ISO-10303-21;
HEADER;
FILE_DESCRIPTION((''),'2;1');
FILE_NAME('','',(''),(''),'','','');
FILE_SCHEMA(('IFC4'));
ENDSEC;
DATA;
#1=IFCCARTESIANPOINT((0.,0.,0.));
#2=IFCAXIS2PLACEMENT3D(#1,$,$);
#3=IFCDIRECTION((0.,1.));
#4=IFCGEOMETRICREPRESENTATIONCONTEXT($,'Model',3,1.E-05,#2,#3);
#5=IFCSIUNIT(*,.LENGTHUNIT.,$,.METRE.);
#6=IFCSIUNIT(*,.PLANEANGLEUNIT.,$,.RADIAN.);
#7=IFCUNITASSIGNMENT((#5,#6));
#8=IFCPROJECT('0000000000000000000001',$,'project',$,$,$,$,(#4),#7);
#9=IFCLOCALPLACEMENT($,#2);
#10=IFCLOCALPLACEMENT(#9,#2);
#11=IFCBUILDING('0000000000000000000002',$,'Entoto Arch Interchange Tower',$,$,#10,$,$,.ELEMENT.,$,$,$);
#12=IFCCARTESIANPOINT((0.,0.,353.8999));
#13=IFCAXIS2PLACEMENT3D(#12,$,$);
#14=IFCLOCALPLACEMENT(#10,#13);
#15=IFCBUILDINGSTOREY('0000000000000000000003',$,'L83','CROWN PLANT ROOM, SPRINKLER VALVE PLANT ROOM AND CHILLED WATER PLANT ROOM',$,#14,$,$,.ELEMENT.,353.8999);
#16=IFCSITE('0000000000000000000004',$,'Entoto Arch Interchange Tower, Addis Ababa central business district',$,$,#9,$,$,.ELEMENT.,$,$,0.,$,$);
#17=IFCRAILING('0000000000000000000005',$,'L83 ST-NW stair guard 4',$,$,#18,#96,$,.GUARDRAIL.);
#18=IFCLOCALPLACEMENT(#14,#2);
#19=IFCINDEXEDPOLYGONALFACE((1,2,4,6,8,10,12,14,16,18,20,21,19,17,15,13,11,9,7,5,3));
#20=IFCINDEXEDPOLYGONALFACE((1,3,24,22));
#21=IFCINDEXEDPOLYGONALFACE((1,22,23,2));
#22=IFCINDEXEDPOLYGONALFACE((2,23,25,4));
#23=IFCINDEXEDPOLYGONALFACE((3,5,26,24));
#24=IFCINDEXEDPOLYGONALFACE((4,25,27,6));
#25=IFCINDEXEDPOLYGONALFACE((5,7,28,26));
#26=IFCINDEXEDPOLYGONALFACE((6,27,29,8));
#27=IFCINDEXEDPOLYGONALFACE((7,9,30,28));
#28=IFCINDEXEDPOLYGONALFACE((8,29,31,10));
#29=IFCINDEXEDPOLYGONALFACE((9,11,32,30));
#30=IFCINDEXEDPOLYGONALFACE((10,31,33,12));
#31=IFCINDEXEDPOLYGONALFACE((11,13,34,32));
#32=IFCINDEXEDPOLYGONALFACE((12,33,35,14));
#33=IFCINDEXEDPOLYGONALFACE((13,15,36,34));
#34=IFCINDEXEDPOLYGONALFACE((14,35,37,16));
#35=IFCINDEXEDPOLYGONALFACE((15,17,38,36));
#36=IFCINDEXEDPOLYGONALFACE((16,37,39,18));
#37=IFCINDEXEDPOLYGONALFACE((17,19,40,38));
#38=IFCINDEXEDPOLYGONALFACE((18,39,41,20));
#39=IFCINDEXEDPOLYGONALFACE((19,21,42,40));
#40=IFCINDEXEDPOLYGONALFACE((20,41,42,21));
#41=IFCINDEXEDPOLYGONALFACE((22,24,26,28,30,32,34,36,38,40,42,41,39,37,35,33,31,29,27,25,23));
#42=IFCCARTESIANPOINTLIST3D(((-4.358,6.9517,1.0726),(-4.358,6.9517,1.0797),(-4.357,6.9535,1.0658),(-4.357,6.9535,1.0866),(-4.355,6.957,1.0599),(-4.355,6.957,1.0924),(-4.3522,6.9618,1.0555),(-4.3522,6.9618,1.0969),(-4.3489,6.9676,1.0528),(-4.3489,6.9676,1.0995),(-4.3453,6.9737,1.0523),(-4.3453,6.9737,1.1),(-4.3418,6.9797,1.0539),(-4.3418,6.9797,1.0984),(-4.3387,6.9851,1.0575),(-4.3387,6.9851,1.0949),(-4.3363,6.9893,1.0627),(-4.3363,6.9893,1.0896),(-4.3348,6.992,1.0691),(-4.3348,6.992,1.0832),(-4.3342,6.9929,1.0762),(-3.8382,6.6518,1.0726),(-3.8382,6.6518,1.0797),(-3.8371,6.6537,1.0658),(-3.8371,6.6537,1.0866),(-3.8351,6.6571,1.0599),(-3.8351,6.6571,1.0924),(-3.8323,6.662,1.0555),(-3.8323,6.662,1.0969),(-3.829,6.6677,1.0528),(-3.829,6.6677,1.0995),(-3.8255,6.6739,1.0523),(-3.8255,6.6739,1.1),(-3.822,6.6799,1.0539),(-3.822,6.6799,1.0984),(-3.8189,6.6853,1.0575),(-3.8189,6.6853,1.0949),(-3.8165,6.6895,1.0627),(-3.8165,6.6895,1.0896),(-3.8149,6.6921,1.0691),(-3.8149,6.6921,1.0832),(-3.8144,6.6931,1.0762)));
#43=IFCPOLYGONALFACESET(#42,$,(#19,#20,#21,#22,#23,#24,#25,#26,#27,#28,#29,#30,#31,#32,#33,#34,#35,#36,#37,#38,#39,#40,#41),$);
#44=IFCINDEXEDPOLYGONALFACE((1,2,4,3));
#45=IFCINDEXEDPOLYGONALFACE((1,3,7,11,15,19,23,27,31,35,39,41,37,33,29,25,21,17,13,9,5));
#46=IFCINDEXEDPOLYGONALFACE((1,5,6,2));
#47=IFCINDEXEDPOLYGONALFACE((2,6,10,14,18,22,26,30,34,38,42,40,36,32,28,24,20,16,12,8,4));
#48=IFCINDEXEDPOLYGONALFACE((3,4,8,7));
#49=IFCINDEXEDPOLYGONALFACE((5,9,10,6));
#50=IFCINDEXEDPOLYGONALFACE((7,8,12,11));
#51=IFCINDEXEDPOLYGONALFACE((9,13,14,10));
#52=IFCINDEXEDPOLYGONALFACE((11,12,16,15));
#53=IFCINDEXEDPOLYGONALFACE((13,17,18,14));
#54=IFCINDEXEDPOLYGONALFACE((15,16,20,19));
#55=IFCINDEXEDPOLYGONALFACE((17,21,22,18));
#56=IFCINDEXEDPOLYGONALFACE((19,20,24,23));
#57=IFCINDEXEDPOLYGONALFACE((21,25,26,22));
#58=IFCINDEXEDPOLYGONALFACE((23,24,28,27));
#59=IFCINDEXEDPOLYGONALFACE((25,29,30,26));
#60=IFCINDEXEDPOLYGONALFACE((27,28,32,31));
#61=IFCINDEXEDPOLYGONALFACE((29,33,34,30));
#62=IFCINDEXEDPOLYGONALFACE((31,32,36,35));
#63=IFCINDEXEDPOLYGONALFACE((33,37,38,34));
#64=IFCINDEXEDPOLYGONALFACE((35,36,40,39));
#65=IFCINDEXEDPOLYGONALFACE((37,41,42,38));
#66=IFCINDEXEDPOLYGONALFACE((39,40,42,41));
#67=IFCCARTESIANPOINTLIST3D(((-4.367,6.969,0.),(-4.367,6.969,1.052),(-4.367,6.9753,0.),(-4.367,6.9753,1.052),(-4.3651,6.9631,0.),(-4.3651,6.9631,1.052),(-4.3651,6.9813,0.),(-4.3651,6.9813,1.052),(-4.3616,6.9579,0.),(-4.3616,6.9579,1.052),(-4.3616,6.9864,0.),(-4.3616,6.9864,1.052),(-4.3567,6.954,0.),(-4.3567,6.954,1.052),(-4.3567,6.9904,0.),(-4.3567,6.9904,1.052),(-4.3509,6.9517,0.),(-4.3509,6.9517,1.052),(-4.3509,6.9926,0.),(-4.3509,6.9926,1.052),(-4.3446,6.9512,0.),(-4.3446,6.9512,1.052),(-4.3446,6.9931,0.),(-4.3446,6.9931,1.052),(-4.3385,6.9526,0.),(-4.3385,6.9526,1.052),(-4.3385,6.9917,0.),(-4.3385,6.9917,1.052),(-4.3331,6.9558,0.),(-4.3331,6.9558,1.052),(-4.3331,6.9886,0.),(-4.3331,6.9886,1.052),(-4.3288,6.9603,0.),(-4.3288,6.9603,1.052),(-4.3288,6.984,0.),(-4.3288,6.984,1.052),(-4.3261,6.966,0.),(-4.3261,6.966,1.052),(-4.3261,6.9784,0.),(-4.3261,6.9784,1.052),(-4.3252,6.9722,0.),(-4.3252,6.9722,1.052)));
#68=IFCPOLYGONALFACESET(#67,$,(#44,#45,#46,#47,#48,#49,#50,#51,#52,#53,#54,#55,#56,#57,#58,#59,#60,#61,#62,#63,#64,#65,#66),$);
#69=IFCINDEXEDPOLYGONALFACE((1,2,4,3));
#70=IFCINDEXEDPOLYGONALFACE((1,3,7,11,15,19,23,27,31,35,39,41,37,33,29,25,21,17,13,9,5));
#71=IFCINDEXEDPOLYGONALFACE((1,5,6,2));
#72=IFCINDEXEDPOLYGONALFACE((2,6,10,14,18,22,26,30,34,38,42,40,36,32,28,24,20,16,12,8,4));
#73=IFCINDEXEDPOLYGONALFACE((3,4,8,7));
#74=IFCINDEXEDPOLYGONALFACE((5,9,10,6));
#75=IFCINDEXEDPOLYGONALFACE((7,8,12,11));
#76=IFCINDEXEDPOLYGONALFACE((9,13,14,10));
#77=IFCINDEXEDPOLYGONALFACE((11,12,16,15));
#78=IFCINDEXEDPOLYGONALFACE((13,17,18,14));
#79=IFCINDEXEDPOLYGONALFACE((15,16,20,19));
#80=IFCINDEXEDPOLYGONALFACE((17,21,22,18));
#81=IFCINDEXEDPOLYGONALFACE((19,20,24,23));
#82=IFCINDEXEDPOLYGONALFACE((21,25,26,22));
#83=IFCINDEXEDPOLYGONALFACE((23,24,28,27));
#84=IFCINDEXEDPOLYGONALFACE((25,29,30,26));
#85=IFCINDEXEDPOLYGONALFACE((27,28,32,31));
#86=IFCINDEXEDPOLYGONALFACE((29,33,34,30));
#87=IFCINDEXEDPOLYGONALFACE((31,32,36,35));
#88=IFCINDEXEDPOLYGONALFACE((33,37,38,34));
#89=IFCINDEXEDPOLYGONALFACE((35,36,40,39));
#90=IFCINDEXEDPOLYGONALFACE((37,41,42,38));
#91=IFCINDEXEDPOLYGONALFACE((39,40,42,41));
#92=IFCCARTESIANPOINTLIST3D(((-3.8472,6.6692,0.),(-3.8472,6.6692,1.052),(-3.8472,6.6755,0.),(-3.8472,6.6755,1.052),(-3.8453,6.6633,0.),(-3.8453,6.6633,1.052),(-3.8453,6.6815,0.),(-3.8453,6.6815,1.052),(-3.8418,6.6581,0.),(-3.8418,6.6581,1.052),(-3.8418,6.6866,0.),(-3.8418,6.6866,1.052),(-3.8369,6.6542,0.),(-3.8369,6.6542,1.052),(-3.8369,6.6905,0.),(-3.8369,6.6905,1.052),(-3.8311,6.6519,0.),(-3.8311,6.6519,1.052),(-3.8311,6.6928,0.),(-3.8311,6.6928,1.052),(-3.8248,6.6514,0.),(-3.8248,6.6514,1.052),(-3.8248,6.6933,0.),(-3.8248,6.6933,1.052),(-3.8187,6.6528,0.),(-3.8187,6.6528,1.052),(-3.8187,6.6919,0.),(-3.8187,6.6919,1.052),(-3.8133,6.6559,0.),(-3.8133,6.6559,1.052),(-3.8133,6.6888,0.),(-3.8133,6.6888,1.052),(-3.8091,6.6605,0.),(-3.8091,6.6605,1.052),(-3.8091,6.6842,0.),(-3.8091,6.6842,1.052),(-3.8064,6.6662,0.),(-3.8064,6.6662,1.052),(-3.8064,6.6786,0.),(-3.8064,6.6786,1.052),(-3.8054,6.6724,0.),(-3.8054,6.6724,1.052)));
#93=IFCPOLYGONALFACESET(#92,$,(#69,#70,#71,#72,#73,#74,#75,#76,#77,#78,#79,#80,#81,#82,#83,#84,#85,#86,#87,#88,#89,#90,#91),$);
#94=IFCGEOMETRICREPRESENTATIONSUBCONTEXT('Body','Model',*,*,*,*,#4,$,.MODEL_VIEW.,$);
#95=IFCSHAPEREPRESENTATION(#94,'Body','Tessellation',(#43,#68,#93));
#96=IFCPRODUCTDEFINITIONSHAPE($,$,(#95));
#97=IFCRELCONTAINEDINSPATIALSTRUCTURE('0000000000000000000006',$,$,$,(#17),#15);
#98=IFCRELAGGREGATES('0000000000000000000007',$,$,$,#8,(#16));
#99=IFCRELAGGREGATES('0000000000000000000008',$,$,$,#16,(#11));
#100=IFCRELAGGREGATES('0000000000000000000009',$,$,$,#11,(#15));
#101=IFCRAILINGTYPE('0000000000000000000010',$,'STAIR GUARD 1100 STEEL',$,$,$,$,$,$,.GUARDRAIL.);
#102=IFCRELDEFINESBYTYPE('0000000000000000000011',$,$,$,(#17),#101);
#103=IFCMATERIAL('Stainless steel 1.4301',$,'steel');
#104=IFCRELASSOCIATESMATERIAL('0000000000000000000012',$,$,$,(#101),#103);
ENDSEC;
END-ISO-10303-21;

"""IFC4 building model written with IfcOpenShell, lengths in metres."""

from ifc_helpers import new_model, si_unit, direction, frame, origin, origin_2d, place, context, subcontext, project, spatial, circle, extrude, material, type_object, element, save


model = new_model("IFC4")

# Units and contexts
model_context = context("Model", 3, precision=1e-05, world=origin(), true_north=direction((0.0, 1.0)))
body_context = subcontext(model_context, "Body", "Model", "MODEL_VIEW")
ifc_project = project(units=[si_unit("LENGTHUNIT", "METRE"), si_unit("PLANEANGLEUNIT", "RADIAN")], contexts=[model_context])

# Site, building, storey
site_placement = place(None, origin())
site = spatial("IfcSite", under=ifc_project, at=site_placement, Name="Entoto Arch Interchange Tower, Addis Ababa central business district", CompositionType="ELEMENT", RefElevation=0.0)
building_placement = place(site_placement, origin())
building = spatial("IfcBuilding", under=site, at=building_placement, Name="Entoto Arch Interchange Tower", CompositionType="ELEMENT")
storey_placement = place(building_placement, frame((0.0, 0.0, 353.8999)))
storey = spatial("IfcBuildingStorey", under=building, at=storey_placement, Name="L83", Description="CROWN PLANT ROOM, SPRINKLER VALVE PLANT ROOM AND CHILLED WATER PLANT ROOM", CompositionType="ELEMENT", Elevation=353.8999)

# Railing
ifc_material_1 = material(Name="Stainless steel 1.4301", Category="steel")
railing_type_1 = type_object("IfcRailingType", Name="STAIR GUARD 1100 STEEL", PredefinedType="GUARDRAIL", material=ifc_material_1)
railing_1_placement = place(storey_placement, frame((-4.3462, 6.9722, 0.0)))
element("IfcRailing", 1, at=railing_1_placement, inside=storey, type_object=railing_type_1, Name="L83 ST-NW stair guard 4", PredefinedType="GUARDRAIL", context=body_context, shape_type="SweptSolid", body=[
    extrude(circle(Radius=0.0239, at=origin_2d()), frame((0.0, 0.0, 1.0762), z_axis=(0.866233, -0.49964, 0.0), x_axis=(0.49964, 0.866233, 0.0)), (0.0, 0.0, 1.0), 0.6001),
    extrude(circle(Radius=0.021, at=origin_2d()), origin(), (0.0, 0.0, 1.0), 1.052),
    extrude(circle(Radius=0.021, at=origin_2d()), frame((0.5198, -0.2998, 0.0)), (0.0, 0.0, 1.0), 1.052),
])

save(model, "model.ifc")
